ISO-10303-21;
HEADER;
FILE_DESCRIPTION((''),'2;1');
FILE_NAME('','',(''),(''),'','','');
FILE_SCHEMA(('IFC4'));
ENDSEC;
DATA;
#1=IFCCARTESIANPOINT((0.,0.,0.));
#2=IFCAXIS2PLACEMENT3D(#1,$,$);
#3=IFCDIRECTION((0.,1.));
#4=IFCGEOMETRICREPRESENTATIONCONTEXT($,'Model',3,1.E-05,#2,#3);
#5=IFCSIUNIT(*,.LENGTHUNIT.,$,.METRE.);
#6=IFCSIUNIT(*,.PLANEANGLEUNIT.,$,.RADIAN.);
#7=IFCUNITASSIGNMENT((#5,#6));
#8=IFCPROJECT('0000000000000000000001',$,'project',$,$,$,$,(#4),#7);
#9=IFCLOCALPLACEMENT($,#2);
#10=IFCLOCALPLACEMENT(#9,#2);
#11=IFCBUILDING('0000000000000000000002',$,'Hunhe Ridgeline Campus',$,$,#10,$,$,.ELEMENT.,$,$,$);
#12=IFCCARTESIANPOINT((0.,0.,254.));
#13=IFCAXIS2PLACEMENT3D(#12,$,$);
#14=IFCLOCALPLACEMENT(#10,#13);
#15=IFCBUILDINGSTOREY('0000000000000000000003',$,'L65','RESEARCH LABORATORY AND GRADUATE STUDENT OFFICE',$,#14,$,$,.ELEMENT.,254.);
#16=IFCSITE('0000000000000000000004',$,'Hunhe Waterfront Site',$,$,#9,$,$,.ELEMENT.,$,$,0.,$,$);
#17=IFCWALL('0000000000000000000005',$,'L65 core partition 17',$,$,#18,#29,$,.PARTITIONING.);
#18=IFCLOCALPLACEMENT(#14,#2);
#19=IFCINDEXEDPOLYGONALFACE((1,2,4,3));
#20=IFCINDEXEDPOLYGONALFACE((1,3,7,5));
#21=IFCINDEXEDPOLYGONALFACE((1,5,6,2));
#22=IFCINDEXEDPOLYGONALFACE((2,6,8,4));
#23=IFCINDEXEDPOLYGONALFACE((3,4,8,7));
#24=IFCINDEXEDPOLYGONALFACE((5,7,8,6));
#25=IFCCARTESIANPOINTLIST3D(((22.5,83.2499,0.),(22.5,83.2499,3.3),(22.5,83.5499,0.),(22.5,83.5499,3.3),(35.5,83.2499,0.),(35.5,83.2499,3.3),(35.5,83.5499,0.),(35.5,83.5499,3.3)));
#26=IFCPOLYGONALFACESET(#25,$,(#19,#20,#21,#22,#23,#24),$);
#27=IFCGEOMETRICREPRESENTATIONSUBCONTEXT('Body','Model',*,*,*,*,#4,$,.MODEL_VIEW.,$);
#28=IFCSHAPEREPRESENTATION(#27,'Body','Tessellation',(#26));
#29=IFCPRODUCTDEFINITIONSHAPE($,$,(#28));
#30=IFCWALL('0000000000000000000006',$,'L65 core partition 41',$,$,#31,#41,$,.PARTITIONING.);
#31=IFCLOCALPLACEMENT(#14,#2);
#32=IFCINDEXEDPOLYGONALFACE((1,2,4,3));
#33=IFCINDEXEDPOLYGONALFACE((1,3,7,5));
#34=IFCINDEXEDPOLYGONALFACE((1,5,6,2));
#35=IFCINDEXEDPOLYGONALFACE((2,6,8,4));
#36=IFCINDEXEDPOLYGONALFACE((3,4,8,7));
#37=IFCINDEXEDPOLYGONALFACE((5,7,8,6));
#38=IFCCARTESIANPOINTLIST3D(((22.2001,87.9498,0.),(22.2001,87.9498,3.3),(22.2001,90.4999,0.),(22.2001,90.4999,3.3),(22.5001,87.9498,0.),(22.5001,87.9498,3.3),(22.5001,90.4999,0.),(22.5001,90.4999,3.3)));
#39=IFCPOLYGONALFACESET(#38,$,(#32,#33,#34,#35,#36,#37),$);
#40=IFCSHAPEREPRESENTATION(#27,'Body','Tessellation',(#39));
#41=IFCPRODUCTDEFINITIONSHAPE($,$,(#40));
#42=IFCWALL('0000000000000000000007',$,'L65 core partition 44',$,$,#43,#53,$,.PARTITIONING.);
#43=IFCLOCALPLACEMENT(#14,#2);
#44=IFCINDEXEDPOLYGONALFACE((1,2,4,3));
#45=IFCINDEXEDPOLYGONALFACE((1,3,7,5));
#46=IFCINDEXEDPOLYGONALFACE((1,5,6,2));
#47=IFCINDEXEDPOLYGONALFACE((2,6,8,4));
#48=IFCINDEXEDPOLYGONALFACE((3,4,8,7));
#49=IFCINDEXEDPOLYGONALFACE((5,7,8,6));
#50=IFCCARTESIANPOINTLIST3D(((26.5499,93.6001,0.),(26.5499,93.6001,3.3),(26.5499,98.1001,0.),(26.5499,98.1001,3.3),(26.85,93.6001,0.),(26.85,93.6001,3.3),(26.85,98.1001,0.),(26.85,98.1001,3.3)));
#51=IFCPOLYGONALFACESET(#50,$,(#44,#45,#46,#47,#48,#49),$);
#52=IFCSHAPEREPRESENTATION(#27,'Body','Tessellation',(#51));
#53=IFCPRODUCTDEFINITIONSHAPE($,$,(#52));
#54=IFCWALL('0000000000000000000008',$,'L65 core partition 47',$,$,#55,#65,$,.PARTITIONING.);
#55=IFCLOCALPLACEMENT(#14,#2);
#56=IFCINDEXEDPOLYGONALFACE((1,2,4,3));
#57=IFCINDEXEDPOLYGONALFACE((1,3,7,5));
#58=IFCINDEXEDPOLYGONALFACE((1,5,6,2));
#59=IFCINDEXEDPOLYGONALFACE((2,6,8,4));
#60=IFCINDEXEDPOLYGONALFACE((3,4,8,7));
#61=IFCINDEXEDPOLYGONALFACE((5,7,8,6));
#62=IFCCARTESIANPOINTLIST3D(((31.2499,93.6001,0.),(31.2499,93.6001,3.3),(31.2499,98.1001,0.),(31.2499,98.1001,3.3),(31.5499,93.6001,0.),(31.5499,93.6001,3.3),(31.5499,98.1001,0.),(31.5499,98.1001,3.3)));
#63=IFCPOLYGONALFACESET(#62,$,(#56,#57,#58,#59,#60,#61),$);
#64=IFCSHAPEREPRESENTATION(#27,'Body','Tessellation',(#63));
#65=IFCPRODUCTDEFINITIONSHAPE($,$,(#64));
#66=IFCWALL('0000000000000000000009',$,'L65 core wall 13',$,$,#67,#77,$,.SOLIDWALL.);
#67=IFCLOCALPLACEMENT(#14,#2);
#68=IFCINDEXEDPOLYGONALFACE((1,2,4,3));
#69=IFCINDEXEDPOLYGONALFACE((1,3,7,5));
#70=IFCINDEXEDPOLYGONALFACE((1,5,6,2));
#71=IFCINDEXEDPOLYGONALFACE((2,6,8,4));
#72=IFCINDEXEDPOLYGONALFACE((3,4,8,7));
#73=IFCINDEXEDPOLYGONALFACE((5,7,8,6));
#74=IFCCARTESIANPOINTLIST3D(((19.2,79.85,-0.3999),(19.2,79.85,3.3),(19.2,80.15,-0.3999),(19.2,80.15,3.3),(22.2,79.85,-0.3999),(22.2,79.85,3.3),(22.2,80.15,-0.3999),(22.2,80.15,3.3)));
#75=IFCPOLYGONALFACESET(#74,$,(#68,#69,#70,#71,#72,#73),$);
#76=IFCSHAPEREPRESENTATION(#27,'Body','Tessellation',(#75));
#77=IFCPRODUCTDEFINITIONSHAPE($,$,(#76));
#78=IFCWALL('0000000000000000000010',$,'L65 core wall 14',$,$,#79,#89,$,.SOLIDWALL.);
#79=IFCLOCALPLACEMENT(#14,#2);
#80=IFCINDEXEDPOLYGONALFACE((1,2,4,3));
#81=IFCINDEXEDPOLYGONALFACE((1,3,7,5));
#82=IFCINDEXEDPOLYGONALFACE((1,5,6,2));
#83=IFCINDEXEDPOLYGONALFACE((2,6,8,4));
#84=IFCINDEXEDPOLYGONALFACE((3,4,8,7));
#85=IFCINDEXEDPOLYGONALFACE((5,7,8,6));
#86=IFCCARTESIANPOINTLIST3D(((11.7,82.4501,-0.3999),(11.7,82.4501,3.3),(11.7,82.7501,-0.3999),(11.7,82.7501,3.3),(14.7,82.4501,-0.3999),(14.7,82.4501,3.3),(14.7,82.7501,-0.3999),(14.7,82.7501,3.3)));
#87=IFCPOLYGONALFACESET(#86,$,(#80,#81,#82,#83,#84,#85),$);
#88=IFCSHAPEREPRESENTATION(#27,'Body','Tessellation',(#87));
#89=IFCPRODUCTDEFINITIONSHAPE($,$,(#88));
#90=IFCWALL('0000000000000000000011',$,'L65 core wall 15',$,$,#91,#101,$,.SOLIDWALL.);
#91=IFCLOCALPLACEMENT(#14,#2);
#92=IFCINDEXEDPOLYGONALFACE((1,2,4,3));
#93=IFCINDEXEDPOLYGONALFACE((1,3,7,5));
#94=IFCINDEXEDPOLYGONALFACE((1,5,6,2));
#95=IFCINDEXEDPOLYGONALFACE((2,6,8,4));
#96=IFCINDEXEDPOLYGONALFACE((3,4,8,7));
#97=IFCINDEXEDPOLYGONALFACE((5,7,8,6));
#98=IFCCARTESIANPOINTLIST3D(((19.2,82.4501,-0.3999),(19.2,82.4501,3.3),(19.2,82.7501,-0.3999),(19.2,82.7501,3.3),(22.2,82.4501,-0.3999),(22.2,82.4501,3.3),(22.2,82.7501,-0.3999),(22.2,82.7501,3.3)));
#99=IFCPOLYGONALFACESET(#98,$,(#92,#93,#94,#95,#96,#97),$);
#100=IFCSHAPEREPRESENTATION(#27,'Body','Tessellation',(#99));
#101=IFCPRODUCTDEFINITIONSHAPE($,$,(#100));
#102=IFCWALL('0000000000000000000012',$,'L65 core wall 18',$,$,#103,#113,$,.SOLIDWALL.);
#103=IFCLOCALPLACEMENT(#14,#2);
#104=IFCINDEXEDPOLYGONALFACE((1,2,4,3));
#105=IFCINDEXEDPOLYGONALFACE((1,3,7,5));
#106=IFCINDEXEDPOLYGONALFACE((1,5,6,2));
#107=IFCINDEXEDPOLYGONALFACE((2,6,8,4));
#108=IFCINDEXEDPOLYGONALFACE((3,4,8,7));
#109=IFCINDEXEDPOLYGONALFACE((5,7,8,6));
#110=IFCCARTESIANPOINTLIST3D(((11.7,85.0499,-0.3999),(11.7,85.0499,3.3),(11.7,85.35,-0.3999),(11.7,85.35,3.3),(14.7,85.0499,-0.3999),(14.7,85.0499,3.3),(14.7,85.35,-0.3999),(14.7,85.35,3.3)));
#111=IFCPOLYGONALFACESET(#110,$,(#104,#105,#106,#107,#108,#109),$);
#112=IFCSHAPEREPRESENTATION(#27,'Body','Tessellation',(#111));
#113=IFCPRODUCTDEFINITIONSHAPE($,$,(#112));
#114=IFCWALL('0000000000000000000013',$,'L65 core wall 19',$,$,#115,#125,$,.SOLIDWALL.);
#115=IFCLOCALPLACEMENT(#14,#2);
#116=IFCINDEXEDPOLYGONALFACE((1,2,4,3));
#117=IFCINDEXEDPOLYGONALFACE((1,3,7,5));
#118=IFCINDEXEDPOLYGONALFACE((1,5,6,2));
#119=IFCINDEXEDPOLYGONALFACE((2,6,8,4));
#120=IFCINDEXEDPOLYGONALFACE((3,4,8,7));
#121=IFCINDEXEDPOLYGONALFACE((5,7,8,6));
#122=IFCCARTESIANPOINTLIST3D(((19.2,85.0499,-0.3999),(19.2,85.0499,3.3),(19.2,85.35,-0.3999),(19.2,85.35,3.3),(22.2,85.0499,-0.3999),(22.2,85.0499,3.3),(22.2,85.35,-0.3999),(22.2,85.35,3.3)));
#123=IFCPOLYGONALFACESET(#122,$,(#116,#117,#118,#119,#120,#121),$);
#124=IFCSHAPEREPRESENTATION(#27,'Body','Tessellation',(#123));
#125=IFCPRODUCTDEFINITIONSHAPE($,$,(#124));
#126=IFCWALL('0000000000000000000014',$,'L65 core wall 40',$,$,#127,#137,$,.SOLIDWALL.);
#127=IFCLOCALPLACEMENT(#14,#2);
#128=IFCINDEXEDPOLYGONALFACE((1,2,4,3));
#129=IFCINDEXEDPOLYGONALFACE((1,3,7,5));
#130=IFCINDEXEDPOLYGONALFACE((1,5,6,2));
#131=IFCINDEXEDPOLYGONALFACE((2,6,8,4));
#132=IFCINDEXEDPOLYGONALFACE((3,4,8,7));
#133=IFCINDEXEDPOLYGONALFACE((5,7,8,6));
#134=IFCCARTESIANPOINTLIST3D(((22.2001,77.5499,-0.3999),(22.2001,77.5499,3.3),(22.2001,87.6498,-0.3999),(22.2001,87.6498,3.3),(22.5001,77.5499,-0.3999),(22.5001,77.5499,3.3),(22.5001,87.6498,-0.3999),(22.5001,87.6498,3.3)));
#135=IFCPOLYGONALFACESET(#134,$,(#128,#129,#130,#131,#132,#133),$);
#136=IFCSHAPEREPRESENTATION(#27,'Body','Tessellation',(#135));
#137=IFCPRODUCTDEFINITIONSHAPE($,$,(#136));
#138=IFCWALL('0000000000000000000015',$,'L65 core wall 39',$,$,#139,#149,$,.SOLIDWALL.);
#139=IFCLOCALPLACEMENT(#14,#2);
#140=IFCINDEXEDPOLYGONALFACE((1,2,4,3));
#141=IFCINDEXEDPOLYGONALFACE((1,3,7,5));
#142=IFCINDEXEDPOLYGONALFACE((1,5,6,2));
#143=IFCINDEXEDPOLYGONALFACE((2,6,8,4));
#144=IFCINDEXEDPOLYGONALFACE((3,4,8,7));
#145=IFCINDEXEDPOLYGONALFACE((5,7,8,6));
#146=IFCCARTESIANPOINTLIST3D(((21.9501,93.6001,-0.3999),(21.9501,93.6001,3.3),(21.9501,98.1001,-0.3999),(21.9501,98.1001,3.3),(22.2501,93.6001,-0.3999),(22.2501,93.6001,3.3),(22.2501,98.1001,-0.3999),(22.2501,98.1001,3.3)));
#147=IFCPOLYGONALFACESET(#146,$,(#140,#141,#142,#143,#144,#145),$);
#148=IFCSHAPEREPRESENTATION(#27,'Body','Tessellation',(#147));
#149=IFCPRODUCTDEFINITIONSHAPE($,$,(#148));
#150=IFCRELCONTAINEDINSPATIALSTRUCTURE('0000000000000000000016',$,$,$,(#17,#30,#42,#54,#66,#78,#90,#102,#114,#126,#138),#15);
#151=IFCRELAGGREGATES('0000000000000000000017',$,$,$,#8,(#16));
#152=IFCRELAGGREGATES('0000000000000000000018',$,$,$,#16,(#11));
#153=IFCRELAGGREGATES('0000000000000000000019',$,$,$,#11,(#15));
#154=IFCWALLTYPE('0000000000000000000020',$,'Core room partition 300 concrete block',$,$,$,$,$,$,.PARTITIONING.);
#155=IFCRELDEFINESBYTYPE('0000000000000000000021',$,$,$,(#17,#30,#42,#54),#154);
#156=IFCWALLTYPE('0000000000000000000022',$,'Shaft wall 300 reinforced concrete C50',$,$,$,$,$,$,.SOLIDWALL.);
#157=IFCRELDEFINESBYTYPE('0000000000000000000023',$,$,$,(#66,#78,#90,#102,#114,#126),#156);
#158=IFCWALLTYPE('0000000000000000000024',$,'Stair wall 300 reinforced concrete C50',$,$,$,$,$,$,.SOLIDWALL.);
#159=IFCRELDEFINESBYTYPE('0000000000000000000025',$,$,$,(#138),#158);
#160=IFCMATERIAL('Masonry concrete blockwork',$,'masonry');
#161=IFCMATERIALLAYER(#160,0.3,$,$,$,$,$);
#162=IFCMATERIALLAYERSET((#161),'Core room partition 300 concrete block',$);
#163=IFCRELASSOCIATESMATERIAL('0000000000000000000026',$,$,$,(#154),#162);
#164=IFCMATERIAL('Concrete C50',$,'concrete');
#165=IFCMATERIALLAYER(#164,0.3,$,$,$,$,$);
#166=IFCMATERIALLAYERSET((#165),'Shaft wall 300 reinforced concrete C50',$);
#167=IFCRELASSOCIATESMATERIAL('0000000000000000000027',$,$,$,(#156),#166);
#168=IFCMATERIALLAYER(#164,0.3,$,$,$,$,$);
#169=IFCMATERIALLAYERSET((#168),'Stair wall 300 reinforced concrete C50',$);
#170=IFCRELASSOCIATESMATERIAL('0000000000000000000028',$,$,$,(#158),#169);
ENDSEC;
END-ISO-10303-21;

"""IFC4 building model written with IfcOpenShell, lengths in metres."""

from ifc_helpers import new_model, si_unit, direction, frame, frame_2d, origin, place, context, subcontext, project, spatial, rectangle, extrude, material, layer, layer_set, type_object, element, save


model = new_model("IFC4")

# Units and contexts
model_context = context("Model", 3, precision=1e-05, world=origin(), true_north=direction((0.0, 1.0)))
body_context = subcontext(model_context, "Body", "Model", "MODEL_VIEW")
ifc_project = project(units=[si_unit("LENGTHUNIT", "METRE"), si_unit("PLANEANGLEUNIT", "RADIAN")], contexts=[model_context])

# Site, building, storey
site_placement = place(None, origin())
site = spatial("IfcSite", under=ifc_project, at=site_placement, Name="Hunhe Waterfront Site", CompositionType="ELEMENT", RefElevation=0.0)
building_placement = place(site_placement, origin())
building = spatial("IfcBuilding", under=site, at=building_placement, Name="Hunhe Ridgeline Campus", CompositionType="ELEMENT")
storey_placement = place(building_placement, frame((0.0, 0.0, 254.0)))
storey = spatial("IfcBuildingStorey", under=building, at=storey_placement, Name="L65", Description="RESEARCH LABORATORY AND GRADUATE STUDENT OFFICE", CompositionType="ELEMENT", Elevation=254.0)

# Shared definitions
ifc_material_1 = material(Name="Masonry concrete blockwork", Category="masonry")
ifc_layer_1 = layer(ifc_material_1, 0.3)
ifc_layer_set_1 = layer_set([ifc_layer_1], Name="Core room partition 300 concrete block")
wall_type_1 = type_object("IfcWallType", Name="Core room partition 300 concrete block", PredefinedType="PARTITIONING", material=ifc_layer_set_1)

# Walls
wall_1_placement = place(storey_placement, frame((22.5, 83.3999, 0.0), z_axis=(0.0, 0.0, 1.0), x_axis=(1.0, 0.0, 0.0)))
element("IfcWall", 1, at=wall_1_placement, inside=storey, type_object=wall_type_1, Name="L65 core partition 17", PredefinedType="PARTITIONING", context=body_context, shape_type="SweptSolid", body=[
    extrude(rectangle(XDim=13.0, YDim=0.3, at=frame_2d((6.5, 0.0))), origin(), (0.0, 0.0, 1.0), 3.3),
])
wall_2_placement = place(storey_placement, frame((22.3501, 87.95, 0.0), z_axis=(0.0, 0.0, 1.0), x_axis=(0.0, 1.0, 0.0)))
element("IfcWall", 2, at=wall_2_placement, inside=storey, type_object=wall_type_1, Name="L65 core partition 41", PredefinedType="PARTITIONING", context=body_context, shape_type="SweptSolid", body=[
    extrude(rectangle(XDim=2.55, YDim=0.3, at=frame_2d((1.2749, 0.0))), origin(), (0.0, 0.0, 1.0), 3.3),
])
for number, where, z_axis, x_axis, name in (
    (3, (26.7, 93.6001, 0.0), (0.0, 0.0, 1.0), (0.0, 1.0, 0.0), "L65 core partition 44"),
    (4, (31.3999, 93.6001, 0.0), (0.0, 0.0, 1.0), (0.0, 1.0, 0.0), "L65 core partition 47"),
):
    element("IfcWall", number, at=place(storey_placement, frame(where, z_axis=z_axis, x_axis=x_axis)), inside=storey, type_object=wall_type_1, Name=name, PredefinedType="PARTITIONING", context=body_context, shape_type="SweptSolid", body=[
        extrude(rectangle(XDim=4.5, YDim=0.3, at=frame_2d((2.25, 0.0))), origin(), (0.0, 0.0, 1.0), 3.3),
    ])
ifc_material_2 = material(Name="Concrete C50", Category="concrete")
ifc_layer_2 = layer(ifc_material_2, 0.3)
ifc_layer_set_2 = layer_set([ifc_layer_2], Name="Shaft wall 300 reinforced concrete C50")
wall_type_2 = type_object("IfcWallType", Name="Shaft wall 300 reinforced concrete C50", PredefinedType="SOLIDWALL", material=ifc_layer_set_2)
for number, where, z_axis, x_axis, name in (
    (5, (19.2, 80.0, -0.3999), (0.0, 0.0, 1.0), (1.0, 0.0, 0.0), "L65 core wall 13"),
    (6, (11.7, 82.6001, -0.3999), (0.0, 0.0, 1.0), (1.0, 0.0, 0.0), "L65 core wall 14"),
    (7, (19.2, 82.6001, -0.3999), (0.0, 0.0, 1.0), (1.0, 0.0, 0.0), "L65 core wall 15"),
    (8, (11.7, 85.2, -0.3999), (0.0, 0.0, 1.0), (1.0, 0.0, 0.0), "L65 core wall 18"),
    (9, (19.2, 85.2, -0.3999), (0.0, 0.0, 1.0), (1.0, 0.0, 0.0), "L65 core wall 19"),
):
    element("IfcWall", number, at=place(storey_placement, frame(where, z_axis=z_axis, x_axis=x_axis)), inside=storey, type_object=wall_type_2, Name=name, PredefinedType="SOLIDWALL", context=body_context, shape_type="SweptSolid", body=[
        extrude(rectangle(XDim=3.0, YDim=0.3, at=frame_2d((1.5, 0.0))), origin(), (0.0, 0.0, 1.0), 3.7),
    ])

# Wall
wall_3_placement = place(storey_placement, frame((22.3501, 77.55, -0.3999), z_axis=(0.0, 0.0, 1.0), x_axis=(0.0, 1.0, 0.0)))
element("IfcWall", 10, at=wall_3_placement, inside=storey, type_object=wall_type_2, Name="L65 core wall 40", PredefinedType="SOLIDWALL", context=body_context, shape_type="SweptSolid", body=[
    extrude(rectangle(XDim=10.0999, YDim=0.3, at=frame_2d((5.0498, 0.0))), origin(), (0.0, 0.0, 1.0), 3.7),
])

# Shared definitions
ifc_layer_3 = layer(ifc_material_2, 0.3)
ifc_layer_set_3 = layer_set([ifc_layer_3], Name="Stair wall 300 reinforced concrete C50")
wall_type_3 = type_object("IfcWallType", Name="Stair wall 300 reinforced concrete C50", PredefinedType="SOLIDWALL", material=ifc_layer_set_3)

# Wall
wall_4_placement = place(storey_placement, frame((22.1001, 93.6001, -0.3999), z_axis=(0.0, 0.0, 1.0), x_axis=(0.0, 1.0, 0.0)))
element("IfcWall", 11, at=wall_4_placement, inside=storey, type_object=wall_type_3, Name="L65 core wall 39", PredefinedType="SOLIDWALL", context=body_context, shape_type="SweptSolid", body=[
    extrude(rectangle(XDim=4.5, YDim=0.3, at=frame_2d((2.25, 0.0))), origin(), (0.0, 0.0, 1.0), 3.7),
])

save(model, "model.ifc")
